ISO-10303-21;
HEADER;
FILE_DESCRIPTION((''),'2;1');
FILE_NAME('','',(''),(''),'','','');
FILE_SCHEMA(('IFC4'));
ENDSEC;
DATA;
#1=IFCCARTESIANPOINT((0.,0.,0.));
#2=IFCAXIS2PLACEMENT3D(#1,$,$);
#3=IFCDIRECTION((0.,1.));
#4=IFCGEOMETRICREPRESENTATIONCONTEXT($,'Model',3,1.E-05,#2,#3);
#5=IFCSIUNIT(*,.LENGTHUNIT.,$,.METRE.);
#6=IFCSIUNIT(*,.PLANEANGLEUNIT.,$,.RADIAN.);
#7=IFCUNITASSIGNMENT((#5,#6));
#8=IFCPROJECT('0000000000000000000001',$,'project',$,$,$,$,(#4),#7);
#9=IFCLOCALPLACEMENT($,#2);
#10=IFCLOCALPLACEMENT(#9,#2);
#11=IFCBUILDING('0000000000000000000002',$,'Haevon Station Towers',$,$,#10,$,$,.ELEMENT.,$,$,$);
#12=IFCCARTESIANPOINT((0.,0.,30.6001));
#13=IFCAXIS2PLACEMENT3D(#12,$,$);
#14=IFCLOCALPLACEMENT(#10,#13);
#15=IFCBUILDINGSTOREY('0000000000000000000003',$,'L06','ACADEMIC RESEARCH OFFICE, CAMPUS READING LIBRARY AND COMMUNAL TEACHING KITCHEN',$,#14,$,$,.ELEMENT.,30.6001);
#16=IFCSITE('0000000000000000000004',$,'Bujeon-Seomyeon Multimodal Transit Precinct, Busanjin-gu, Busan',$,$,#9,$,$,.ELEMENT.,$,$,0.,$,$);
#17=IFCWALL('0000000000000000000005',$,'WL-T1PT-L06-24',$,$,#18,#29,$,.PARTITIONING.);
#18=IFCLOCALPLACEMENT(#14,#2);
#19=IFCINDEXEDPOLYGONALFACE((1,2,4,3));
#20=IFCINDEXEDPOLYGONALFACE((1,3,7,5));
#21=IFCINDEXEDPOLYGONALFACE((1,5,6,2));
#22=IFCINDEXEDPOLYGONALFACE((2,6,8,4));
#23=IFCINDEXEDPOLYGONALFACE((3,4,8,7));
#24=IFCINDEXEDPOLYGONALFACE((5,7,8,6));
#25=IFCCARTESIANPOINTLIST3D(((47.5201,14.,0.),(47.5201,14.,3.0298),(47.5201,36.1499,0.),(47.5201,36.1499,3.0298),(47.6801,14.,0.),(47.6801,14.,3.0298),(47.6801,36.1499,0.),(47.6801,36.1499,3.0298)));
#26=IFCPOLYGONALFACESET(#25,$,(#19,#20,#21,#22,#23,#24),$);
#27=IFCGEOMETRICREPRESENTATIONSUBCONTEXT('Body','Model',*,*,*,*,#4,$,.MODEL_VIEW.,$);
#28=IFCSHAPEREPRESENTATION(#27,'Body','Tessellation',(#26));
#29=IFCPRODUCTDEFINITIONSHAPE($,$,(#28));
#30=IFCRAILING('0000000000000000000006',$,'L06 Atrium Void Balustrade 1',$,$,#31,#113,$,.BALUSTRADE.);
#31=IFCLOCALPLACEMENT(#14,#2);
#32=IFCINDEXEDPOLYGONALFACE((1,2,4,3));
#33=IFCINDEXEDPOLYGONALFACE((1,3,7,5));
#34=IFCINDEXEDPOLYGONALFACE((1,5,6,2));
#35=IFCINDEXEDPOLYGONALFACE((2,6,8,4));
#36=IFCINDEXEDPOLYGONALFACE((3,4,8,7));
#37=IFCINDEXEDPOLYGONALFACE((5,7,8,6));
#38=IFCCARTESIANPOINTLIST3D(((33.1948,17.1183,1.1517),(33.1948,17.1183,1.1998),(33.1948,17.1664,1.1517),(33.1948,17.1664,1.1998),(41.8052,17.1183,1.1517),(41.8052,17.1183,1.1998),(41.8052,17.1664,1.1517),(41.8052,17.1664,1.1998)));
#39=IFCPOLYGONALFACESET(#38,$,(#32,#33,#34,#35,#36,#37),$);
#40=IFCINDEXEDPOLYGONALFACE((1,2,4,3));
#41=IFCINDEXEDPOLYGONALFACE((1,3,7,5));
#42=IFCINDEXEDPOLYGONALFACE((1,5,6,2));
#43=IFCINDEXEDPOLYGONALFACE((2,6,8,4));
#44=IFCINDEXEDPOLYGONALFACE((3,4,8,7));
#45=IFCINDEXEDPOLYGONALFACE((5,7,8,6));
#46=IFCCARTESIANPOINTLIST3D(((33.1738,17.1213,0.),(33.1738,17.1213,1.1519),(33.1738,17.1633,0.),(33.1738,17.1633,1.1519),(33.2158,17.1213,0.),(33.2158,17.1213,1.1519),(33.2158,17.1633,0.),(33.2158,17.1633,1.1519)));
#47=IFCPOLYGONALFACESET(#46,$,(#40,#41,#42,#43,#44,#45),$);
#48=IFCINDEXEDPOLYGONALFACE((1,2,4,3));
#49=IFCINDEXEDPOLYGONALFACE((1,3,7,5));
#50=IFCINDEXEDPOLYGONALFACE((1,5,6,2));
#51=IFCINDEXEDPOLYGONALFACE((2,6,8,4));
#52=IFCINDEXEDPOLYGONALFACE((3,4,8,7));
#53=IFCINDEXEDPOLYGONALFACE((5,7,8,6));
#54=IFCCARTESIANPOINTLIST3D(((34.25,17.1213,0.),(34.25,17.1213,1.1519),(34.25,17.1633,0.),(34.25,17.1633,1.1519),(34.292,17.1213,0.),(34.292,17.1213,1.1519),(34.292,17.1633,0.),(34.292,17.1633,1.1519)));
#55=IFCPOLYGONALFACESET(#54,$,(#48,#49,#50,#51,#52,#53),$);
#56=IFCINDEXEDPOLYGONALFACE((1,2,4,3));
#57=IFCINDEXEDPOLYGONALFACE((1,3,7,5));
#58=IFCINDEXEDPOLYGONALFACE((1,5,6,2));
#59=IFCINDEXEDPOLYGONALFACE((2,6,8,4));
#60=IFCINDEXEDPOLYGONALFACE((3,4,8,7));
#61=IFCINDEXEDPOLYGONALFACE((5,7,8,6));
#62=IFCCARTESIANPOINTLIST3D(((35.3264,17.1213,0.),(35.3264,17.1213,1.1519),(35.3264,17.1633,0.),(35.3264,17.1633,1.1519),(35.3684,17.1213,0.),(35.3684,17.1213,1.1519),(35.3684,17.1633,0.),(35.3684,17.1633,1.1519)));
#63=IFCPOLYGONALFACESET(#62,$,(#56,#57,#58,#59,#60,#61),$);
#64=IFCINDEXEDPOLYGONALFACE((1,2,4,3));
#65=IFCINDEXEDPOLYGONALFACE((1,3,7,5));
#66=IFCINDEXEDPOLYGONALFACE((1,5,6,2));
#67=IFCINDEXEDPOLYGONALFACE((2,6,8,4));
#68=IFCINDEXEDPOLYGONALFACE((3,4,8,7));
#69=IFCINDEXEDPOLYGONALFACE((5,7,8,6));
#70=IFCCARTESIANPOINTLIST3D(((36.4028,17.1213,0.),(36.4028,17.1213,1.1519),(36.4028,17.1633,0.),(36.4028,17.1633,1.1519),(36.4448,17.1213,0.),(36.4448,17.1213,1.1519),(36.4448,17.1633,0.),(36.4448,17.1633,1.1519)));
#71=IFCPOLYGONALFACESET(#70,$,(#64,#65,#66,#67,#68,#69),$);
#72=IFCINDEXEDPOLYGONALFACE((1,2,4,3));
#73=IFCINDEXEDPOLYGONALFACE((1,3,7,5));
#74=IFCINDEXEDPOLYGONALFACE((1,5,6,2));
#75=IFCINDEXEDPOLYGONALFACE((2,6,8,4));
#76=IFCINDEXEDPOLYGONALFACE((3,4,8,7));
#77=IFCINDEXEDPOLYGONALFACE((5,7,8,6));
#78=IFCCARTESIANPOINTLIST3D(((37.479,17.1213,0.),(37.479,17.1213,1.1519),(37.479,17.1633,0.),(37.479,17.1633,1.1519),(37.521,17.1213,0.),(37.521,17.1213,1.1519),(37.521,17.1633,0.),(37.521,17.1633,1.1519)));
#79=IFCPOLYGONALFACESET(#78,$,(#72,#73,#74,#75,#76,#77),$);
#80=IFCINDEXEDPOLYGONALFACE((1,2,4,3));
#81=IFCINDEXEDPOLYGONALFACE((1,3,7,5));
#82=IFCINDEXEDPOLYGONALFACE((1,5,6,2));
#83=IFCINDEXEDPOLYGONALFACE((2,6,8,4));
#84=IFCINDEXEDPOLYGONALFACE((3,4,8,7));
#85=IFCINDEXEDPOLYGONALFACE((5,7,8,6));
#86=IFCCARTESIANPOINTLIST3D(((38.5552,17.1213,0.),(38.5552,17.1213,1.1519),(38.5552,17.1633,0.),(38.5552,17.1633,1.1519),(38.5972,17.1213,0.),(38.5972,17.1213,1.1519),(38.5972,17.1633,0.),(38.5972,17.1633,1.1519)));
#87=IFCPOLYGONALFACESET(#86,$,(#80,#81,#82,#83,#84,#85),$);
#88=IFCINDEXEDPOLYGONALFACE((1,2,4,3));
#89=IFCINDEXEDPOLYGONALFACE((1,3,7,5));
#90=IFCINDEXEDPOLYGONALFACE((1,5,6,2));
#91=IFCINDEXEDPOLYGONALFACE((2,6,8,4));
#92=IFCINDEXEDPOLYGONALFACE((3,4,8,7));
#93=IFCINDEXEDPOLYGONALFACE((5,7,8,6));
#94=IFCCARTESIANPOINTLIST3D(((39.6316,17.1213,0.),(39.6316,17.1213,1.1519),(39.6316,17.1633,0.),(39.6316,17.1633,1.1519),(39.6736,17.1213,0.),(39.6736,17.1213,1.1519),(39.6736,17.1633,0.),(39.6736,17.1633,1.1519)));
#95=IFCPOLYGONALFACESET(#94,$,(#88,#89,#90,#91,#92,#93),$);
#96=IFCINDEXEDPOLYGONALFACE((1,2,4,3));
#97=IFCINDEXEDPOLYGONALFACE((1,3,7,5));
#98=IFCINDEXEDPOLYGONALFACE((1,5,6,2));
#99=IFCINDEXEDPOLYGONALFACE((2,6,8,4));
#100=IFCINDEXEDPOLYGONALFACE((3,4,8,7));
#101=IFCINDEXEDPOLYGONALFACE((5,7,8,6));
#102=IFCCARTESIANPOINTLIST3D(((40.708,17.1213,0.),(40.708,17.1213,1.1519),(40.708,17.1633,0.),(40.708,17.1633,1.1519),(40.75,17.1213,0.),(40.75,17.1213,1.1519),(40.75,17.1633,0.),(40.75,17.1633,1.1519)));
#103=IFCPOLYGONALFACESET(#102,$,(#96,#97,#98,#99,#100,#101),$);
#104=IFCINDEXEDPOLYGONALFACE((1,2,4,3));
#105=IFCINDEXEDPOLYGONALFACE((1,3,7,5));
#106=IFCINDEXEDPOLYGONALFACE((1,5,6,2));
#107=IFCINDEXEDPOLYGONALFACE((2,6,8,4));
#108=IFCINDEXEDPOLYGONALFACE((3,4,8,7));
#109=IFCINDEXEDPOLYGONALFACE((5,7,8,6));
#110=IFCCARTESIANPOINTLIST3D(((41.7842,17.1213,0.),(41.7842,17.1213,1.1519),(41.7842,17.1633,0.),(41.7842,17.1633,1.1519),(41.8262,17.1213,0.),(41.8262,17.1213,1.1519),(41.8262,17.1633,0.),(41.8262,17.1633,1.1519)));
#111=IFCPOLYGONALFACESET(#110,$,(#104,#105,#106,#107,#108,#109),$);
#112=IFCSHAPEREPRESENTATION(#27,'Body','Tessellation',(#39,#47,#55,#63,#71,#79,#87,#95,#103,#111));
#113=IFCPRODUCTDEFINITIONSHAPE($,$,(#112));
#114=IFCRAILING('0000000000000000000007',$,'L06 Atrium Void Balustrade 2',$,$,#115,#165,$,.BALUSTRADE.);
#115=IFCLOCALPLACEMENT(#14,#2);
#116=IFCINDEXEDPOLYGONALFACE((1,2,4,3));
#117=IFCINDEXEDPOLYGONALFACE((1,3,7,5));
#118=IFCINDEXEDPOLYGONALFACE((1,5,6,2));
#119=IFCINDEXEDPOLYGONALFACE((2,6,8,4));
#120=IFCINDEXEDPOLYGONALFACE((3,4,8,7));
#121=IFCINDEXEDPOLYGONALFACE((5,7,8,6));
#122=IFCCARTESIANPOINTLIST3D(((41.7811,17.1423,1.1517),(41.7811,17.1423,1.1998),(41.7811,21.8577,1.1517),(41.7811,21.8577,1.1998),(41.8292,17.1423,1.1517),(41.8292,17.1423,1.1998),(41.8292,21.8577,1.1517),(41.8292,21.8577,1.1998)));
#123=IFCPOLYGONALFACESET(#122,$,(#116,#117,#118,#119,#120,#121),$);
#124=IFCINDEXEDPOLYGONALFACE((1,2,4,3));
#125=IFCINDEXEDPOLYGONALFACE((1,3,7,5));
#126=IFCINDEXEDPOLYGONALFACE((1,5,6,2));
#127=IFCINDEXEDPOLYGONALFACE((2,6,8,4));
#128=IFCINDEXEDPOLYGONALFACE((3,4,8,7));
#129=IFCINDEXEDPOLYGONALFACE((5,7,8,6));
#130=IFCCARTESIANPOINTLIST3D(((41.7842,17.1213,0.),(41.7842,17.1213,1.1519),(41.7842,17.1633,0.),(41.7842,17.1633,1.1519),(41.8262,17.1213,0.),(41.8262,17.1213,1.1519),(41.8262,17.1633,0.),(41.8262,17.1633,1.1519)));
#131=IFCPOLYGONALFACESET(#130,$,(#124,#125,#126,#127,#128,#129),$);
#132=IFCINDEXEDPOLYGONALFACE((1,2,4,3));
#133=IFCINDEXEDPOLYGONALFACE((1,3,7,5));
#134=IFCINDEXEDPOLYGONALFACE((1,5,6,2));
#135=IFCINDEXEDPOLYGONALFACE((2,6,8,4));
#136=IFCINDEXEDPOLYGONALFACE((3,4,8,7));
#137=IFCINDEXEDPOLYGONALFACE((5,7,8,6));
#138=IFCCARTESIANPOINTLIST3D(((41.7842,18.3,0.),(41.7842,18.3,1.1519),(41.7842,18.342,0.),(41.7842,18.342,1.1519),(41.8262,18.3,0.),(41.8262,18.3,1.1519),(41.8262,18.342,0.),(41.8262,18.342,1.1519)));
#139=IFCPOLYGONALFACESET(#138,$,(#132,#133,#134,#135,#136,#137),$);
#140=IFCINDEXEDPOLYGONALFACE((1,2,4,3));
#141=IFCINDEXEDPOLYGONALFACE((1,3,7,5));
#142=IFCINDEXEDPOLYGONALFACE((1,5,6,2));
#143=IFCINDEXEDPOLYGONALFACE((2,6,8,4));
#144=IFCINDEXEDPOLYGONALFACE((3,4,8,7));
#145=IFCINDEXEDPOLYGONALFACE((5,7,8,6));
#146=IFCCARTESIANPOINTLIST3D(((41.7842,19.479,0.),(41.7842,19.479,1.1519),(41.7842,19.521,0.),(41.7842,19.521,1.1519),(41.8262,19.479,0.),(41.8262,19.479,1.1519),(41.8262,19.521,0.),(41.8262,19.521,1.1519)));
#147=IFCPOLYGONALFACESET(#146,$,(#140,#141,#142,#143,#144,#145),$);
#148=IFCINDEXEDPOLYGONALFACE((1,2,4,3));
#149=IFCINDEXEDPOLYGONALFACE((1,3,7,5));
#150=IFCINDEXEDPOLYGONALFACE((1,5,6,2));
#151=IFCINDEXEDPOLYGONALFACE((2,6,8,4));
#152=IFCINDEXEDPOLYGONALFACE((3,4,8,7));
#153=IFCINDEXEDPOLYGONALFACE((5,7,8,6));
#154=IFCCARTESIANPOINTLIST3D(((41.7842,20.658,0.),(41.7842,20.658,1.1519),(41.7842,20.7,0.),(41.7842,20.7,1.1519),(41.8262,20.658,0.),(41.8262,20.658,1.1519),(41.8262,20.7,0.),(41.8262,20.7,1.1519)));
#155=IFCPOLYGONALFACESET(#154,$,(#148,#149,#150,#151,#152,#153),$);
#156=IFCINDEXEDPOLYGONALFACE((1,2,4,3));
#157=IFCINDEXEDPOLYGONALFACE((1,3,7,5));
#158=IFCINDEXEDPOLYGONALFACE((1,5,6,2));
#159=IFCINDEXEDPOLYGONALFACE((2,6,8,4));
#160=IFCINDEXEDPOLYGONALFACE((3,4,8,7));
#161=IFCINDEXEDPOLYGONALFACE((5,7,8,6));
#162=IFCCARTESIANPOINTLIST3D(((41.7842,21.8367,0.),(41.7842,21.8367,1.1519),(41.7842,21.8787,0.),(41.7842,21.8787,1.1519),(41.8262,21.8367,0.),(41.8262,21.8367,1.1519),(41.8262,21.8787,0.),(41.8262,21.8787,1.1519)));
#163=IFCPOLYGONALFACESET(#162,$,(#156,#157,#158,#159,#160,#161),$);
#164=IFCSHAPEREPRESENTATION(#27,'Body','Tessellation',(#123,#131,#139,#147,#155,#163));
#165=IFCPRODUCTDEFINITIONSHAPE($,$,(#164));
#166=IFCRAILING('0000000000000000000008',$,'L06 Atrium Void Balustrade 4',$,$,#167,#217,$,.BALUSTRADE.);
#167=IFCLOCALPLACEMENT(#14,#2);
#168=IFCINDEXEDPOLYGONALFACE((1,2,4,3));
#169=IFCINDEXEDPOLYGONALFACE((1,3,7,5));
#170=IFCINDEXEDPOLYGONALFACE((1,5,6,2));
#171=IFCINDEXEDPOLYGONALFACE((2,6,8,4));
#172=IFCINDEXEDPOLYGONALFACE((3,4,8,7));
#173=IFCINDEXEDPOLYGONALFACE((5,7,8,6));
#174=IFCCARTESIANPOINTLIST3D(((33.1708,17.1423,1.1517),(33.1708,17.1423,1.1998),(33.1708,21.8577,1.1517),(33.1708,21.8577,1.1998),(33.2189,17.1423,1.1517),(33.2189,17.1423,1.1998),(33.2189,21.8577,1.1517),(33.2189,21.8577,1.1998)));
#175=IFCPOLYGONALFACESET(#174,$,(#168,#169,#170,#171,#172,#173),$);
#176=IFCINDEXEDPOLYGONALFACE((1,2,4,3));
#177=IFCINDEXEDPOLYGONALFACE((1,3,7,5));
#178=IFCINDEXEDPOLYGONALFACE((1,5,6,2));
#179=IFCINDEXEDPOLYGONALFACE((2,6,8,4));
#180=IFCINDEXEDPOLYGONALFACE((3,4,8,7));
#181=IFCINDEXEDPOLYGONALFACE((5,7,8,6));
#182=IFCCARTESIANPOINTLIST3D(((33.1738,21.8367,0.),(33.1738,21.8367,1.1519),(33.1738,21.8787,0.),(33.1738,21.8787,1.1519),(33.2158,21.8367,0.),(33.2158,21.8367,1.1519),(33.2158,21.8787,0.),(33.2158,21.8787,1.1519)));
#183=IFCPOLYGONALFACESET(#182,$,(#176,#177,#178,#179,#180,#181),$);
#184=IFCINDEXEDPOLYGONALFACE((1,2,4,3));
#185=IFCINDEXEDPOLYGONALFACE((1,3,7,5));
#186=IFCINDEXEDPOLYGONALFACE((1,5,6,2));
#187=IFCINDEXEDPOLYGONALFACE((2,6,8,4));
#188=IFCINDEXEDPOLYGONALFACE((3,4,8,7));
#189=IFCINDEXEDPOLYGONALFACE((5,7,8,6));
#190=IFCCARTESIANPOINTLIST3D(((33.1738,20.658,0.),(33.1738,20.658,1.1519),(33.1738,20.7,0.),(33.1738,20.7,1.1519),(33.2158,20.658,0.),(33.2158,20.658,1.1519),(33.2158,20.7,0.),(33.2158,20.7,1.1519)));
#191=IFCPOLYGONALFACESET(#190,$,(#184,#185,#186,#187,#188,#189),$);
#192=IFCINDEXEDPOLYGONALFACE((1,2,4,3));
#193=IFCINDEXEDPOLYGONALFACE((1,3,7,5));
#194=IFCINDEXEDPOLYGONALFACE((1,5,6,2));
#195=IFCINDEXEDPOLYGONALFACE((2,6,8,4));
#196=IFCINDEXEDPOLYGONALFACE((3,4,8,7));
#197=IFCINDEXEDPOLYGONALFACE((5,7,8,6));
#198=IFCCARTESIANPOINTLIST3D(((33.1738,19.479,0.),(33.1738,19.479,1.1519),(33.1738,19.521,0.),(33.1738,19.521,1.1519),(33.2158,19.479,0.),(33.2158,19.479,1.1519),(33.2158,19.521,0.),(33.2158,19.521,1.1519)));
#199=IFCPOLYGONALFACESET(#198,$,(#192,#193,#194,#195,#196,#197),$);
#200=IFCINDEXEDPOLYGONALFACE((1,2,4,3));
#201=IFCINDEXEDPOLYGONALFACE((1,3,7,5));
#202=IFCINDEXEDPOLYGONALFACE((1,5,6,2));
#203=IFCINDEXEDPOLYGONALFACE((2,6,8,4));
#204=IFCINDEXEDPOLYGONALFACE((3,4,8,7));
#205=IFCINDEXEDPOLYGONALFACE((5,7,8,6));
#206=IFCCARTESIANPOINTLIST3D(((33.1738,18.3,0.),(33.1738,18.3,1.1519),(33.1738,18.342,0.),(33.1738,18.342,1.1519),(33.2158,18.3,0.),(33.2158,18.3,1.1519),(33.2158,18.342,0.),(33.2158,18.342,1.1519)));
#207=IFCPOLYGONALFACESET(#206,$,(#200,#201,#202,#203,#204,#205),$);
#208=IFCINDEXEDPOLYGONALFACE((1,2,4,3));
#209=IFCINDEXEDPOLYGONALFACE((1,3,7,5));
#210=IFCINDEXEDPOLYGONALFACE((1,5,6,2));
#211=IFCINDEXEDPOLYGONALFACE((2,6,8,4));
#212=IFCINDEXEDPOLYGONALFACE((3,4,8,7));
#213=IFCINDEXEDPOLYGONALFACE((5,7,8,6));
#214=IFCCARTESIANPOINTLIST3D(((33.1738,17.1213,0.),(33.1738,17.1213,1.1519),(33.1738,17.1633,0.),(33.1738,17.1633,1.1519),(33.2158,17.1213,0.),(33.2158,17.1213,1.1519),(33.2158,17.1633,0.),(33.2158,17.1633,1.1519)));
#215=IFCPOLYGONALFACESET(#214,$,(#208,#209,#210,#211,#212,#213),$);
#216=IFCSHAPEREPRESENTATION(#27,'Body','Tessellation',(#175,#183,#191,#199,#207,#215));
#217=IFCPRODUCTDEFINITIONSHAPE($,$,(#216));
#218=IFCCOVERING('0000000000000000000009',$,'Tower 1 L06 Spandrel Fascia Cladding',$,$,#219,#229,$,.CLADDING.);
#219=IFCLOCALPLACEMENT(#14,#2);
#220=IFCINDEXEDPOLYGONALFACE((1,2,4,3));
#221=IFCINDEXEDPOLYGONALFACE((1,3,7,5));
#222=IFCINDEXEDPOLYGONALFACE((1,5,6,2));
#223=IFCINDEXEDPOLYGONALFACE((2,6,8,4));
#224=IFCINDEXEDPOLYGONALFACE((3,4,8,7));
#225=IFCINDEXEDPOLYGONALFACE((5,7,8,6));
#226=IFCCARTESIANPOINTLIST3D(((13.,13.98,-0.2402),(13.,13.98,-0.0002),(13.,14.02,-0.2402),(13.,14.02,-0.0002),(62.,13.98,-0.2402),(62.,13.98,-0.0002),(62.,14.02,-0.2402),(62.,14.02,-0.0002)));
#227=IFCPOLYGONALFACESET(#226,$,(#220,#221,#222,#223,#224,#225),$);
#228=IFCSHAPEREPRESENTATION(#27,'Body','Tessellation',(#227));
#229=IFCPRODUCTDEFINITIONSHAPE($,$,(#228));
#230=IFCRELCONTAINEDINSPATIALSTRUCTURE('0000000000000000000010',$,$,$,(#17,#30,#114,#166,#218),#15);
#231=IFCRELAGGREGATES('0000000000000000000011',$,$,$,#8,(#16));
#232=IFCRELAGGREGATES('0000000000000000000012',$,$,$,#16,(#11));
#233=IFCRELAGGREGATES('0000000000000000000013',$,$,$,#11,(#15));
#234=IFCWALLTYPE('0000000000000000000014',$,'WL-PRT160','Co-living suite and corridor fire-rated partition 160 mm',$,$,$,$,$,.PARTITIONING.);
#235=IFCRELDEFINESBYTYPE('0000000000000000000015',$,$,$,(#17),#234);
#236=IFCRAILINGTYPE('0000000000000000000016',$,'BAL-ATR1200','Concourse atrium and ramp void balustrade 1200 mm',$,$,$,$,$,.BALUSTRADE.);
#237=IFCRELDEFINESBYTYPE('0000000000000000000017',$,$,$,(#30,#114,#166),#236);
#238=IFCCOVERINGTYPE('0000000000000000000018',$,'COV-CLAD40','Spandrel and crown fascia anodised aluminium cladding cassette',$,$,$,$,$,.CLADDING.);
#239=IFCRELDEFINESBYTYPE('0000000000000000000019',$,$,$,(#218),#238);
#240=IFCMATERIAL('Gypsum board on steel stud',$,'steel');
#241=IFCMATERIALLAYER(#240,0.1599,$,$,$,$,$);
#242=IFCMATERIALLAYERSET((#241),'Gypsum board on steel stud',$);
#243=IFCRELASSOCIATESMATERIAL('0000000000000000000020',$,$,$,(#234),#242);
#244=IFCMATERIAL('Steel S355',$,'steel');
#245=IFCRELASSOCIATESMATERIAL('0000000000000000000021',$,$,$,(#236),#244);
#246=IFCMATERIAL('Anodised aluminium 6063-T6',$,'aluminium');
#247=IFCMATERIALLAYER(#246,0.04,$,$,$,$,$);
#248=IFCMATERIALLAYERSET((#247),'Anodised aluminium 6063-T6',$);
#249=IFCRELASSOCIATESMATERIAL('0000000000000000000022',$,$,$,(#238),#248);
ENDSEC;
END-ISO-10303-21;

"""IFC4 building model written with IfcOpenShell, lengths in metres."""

from ifc_helpers import new_model, si_unit, direction, frame, frame_2d, origin, origin_2d, place, context, subcontext, project, spatial, rectangle, extrude, material, layer, layer_set, type_object, element, save


model = new_model("IFC4")

# Units and contexts
model_context = context("Model", 3, precision=1e-05, world=origin(), true_north=direction((0.0, 1.0)))
body_context = subcontext(model_context, "Body", "Model", "MODEL_VIEW")
ifc_project = project(units=[si_unit("LENGTHUNIT", "METRE"), si_unit("PLANEANGLEUNIT", "RADIAN")], contexts=[model_context])

# Site, building, storey
site_placement = place(None, origin())
site = spatial("IfcSite", under=ifc_project, at=site_placement, Name="Bujeon-Seomyeon Multimodal Transit Precinct, Busanjin-gu, Busan", CompositionType="ELEMENT", RefElevation=0.0)
building_placement = place(site_placement, origin())
building = spatial("IfcBuilding", under=site, at=building_placement, Name="Haevon Station Towers", CompositionType="ELEMENT")
storey_placement = place(building_placement, frame((0.0, 0.0, 30.6001)))
storey = spatial("IfcBuildingStorey", under=building, at=storey_placement, Name="L06", Description="ACADEMIC RESEARCH OFFICE, CAMPUS READING LIBRARY AND COMMUNAL TEACHING KITCHEN", CompositionType="ELEMENT", Elevation=30.6001)

# Shared definitions
ifc_material_1 = material(Name="Steel S355", Category="steel")

# Wall
ifc_material_2 = material(Name="Gypsum board on steel stud", Category="steel")
ifc_layer_1 = layer(ifc_material_2, 0.1599)
ifc_layer_set_1 = layer_set([ifc_layer_1], Name="Gypsum board on steel stud")
wall_type_1 = type_object("IfcWallType", Name="WL-PRT160", Description="Co-living suite and corridor fire-rated partition 160 mm", PredefinedType="PARTITIONING", material=ifc_layer_set_1)
wall_1_placement = place(storey_placement, frame((47.6001, 14.0, 0.0), z_axis=(0.0, 0.0, 1.0), x_axis=(0.0, 1.0, 0.0)))
element("IfcWall", 1, at=wall_1_placement, inside=storey, type_object=wall_type_1, Name="WL-T1PT-L06-24", PredefinedType="PARTITIONING", context=body_context, shape_type="SweptSolid", body=[
    extrude(rectangle(XDim=22.1499, YDim=0.1599, at=frame_2d((11.075, 0.0))), origin(), (0.0, 0.0, 1.0), 3.0298),
])

# Railings
railing_type_1 = type_object("IfcRailingType", Name="BAL-ATR1200", Description="Concourse atrium and ramp void balustrade 1200 mm", PredefinedType="BALUSTRADE", material=ifc_material_1)
railing_1_placement = place(storey_placement, frame((33.1948, 17.1423, 0.0)))
element("IfcRailing", 2, at=railing_1_placement, inside=storey, type_object=railing_type_1, Name="L06 Atrium Void Balustrade 1", PredefinedType="BALUSTRADE", context=body_context, shape_type="SweptSolid", body=[
    extrude(rectangle(XDim=0.0481, YDim=0.0481, at=origin_2d()), frame((0.0, 0.0, 1.1758), z_axis=(1.0, 0.0, 0.0), x_axis=(0.0, 1.0, 0.0)), (0.0, 0.0, 1.0), 8.6104),
    extrude(rectangle(XDim=0.042, YDim=0.042, at=origin_2d()), origin(), (0.0, 0.0, 1.0), 1.1519),
    extrude(rectangle(XDim=0.042, YDim=0.042, at=origin_2d()), frame((1.0762, 0.0, 0.0)), (0.0, 0.0, 1.0), 1.1519),
    extrude(rectangle(XDim=0.042, YDim=0.042, at=origin_2d()), frame((2.1526, 0.0, 0.0)), (0.0, 0.0, 1.0), 1.1519),
    extrude(rectangle(XDim=0.042, YDim=0.042, at=origin_2d()), frame((3.229, 0.0, 0.0)), (0.0, 0.0, 1.0), 1.1519),
    extrude(rectangle(XDim=0.042, YDim=0.042, at=origin_2d()), frame((4.3052, 0.0, 0.0)), (0.0, 0.0, 1.0), 1.1519),
    extrude(rectangle(XDim=0.042, YDim=0.042, at=origin_2d()), frame((5.3813, 0.0, 0.0)), (0.0, 0.0, 1.0), 1.1519),
    extrude(rectangle(XDim=0.042, YDim=0.042, at=origin_2d()), frame((6.4578, 0.0, 0.0)), (0.0, 0.0, 1.0), 1.1519),
    extrude(rectangle(XDim=0.042, YDim=0.042, at=origin_2d()), frame((7.5342, 0.0, 0.0)), (0.0, 0.0, 1.0), 1.1519),
    extrude(rectangle(XDim=0.042, YDim=0.042, at=origin_2d()), frame((8.6104, 0.0, 0.0)), (0.0, 0.0, 1.0), 1.1519),
])
railing_2_placement = place(storey_placement, frame((41.8052, 17.1423, 0.0)))
element("IfcRailing", 3, at=railing_2_placement, inside=storey, type_object=railing_type_1, Name="L06 Atrium Void Balustrade 2", PredefinedType="BALUSTRADE", context=body_context, shape_type="SweptSolid", body=[
    extrude(rectangle(XDim=0.0481, YDim=0.0481, at=origin_2d()), frame((0.0, 0.0, 1.1758), z_axis=(0.0, 1.0, 0.0), x_axis=(-1.0, 0.0, 0.0)), (0.0, 0.0, 1.0), 4.7153),
    extrude(rectangle(XDim=0.042, YDim=0.042, at=origin_2d()), origin(), (0.0, 0.0, 1.0), 1.1519),
    extrude(rectangle(XDim=0.042, YDim=0.042, at=origin_2d()), frame((0.0, 1.1787, 0.0)), (0.0, 0.0, 1.0), 1.1519),
    extrude(rectangle(XDim=0.042, YDim=0.042, at=origin_2d()), frame((0.0, 2.3577, 0.0)), (0.0, 0.0, 1.0), 1.1519),
    extrude(rectangle(XDim=0.042, YDim=0.042, at=origin_2d()), frame((0.0, 3.5366, 0.0)), (0.0, 0.0, 1.0), 1.1519),
    extrude(rectangle(XDim=0.042, YDim=0.042, at=origin_2d()), frame((0.0, 4.7153, 0.0)), (0.0, 0.0, 1.0), 1.1519),
])
railing_3_placement = place(storey_placement, frame((33.1948, 21.8577, 0.0)))
element("IfcRailing", 4, at=railing_3_placement, inside=storey, type_object=railing_type_1, Name="L06 Atrium Void Balustrade 4", PredefinedType="BALUSTRADE", context=body_context, shape_type="SweptSolid", body=[
    extrude(rectangle(XDim=0.0481, YDim=0.0481, at=origin_2d()), frame((0.0, 0.0, 1.1758), z_axis=(0.0, -1.0, 0.0), x_axis=(1.0, 0.0, 0.0)), (0.0, 0.0, 1.0), 4.7153),
    extrude(rectangle(XDim=0.042, YDim=0.042, at=origin_2d()), origin(), (0.0, 0.0, 1.0), 1.1519),
    extrude(rectangle(XDim=0.042, YDim=0.042, at=origin_2d()), frame((0.0, -1.1787, 0.0)), (0.0, 0.0, 1.0), 1.1519),
    extrude(rectangle(XDim=0.042, YDim=0.042, at=origin_2d()), frame((0.0, -2.3577, 0.0)), (0.0, 0.0, 1.0), 1.1519),
    extrude(rectangle(XDim=0.042, YDim=0.042, at=origin_2d()), frame((0.0, -3.5366, 0.0)), (0.0, 0.0, 1.0), 1.1519),
    extrude(rectangle(XDim=0.042, YDim=0.042, at=origin_2d()), frame((0.0, -4.7153, 0.0)), (0.0, 0.0, 1.0), 1.1519),
])

# Covering
ifc_material_3 = material(Name="Anodised aluminium 6063-T6", Category="aluminium")
ifc_layer_2 = layer(ifc_material_3, 0.04)
ifc_layer_set_2 = layer_set([ifc_layer_2], Name="Anodised aluminium 6063-T6")
covering_type = type_object("IfcCoveringType", Name="COV-CLAD40", Description="Spandrel and crown fascia anodised aluminium cladding cassette", PredefinedType="CLADDING", material=ifc_layer_set_2)
covering_placement = place(storey_placement, frame((37.5, 14.0, -0.2402), z_axis=(0.0, 0.0, 1.0), x_axis=(1.0, 0.0, 0.0)))
element("IfcCovering", 5, at=covering_placement, inside=storey, type_object=covering_type, Name="Tower 1 L06 Spandrel Fascia Cladding", PredefinedType="CLADDING", context=body_context, shape_type="SweptSolid", body=[
    extrude(rectangle(XDim=49.0, YDim=0.04, at=origin_2d()), origin(), (0.0, 0.0, 1.0), 0.24),
])

save(model, "model.ifc")
